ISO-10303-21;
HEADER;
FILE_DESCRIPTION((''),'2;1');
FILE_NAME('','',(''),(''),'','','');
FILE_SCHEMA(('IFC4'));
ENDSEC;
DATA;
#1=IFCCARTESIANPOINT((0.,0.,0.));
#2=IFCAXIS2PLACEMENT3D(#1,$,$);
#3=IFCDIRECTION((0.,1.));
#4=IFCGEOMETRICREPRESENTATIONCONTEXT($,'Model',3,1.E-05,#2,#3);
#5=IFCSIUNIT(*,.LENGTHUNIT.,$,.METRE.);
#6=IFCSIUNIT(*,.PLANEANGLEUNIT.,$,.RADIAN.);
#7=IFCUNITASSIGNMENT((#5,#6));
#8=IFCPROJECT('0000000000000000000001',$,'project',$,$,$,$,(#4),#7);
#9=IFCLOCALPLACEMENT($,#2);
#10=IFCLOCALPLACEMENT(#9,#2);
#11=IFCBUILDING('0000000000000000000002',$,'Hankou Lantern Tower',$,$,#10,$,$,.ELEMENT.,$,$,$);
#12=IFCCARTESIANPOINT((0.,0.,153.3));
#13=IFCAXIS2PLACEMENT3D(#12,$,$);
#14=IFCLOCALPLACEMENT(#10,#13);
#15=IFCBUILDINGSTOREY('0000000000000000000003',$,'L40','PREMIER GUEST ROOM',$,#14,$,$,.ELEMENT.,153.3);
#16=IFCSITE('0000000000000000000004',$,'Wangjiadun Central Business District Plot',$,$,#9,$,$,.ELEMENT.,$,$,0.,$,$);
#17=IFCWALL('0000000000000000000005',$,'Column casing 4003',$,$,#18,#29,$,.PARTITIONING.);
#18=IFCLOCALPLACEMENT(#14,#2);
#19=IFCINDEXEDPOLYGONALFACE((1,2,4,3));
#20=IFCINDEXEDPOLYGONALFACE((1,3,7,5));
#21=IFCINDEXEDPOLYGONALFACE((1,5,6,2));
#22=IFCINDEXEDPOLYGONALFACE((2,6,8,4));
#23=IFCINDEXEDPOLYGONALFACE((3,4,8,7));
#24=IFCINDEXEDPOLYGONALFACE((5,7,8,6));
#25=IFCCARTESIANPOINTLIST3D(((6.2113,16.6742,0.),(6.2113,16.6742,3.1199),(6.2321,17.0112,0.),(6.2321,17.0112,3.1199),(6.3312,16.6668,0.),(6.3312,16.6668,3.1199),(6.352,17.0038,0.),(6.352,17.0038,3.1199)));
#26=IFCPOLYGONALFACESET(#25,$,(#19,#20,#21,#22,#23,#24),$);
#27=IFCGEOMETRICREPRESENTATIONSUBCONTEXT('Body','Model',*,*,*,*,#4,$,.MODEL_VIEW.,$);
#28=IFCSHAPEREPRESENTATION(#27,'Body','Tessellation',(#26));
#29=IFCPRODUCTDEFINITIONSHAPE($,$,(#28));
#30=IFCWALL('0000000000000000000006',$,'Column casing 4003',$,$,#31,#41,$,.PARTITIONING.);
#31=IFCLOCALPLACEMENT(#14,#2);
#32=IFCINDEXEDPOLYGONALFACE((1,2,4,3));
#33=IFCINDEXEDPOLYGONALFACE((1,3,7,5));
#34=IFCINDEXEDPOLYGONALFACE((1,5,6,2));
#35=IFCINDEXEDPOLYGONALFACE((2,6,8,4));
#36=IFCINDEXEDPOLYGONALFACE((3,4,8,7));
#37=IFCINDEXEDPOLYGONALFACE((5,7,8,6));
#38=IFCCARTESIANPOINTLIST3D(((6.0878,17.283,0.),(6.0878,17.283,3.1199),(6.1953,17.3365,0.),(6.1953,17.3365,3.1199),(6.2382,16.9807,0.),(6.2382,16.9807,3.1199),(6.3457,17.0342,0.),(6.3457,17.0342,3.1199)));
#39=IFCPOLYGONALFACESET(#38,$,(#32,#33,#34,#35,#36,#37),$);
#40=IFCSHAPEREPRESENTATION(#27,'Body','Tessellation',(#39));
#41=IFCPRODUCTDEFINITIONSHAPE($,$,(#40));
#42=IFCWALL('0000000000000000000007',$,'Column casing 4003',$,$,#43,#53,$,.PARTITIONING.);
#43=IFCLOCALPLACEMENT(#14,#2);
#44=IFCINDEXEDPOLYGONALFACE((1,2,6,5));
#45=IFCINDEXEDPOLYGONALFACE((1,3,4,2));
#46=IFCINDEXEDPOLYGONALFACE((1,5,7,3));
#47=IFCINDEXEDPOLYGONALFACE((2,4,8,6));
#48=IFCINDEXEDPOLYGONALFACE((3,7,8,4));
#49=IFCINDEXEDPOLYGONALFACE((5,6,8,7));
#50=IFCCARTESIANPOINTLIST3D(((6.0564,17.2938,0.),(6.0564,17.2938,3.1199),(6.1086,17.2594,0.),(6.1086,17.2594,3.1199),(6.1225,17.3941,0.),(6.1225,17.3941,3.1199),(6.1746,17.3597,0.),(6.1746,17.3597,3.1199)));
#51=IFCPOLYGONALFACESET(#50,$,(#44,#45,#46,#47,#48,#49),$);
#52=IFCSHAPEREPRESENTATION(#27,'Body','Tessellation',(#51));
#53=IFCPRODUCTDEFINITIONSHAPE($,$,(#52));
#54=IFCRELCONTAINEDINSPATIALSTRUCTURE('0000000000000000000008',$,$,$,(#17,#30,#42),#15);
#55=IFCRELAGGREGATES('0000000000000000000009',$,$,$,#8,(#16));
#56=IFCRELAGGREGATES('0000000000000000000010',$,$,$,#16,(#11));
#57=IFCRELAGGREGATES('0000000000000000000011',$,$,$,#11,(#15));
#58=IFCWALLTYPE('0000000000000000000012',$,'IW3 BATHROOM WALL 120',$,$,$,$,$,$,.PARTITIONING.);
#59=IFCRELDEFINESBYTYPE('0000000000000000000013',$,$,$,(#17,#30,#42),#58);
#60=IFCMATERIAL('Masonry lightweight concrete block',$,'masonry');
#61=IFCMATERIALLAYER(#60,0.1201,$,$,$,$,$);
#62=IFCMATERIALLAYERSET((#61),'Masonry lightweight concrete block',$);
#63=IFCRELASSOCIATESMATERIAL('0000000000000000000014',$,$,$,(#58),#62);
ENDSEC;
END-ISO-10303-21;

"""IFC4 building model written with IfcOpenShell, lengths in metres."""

from ifc_helpers import new_model, si_unit, direction, frame, frame_2d, origin, place, context, subcontext, project, spatial, rectangle, extrude, material, layer, layer_set, type_object, element, save


model = new_model("IFC4")

# Units and contexts
model_context = context("Model", 3, precision=1e-05, world=origin(), true_north=direction((0.0, 1.0)))
body_context = subcontext(model_context, "Body", "Model", "MODEL_VIEW")
ifc_project = project(units=[si_unit("LENGTHUNIT", "METRE"), si_unit("PLANEANGLEUNIT", "RADIAN")], contexts=[model_context])

# Site, building, storey
site_placement = place(None, origin())
site = spatial("IfcSite", under=ifc_project, at=site_placement, Name="Wangjiadun Central Business District Plot", CompositionType="ELEMENT", RefElevation=0.0)
building_placement = place(site_placement, origin())
building = spatial("IfcBuilding", under=site, at=building_placement, Name="Hankou Lantern Tower", CompositionType="ELEMENT")
storey_placement = place(building_placement, frame((0.0, 0.0, 153.3)))
storey = spatial("IfcBuildingStorey", under=building, at=storey_placement, Name="L40", Description="PREMIER GUEST ROOM", CompositionType="ELEMENT", Elevation=153.3)

# Shared definitions
ifc_material_1 = material(Name="Masonry lightweight concrete block", Category="masonry")
ifc_layer_1 = layer(ifc_material_1, 0.1201)
ifc_layer_set_1 = layer_set([ifc_layer_1], Name="Masonry lightweight concrete block")
wall_type_1 = type_object("IfcWallType", Name="IW3 BATHROOM WALL 120", PredefinedType="PARTITIONING", material=ifc_layer_set_1)

# Walls
for number, where, z_axis, x_axis, name in (
    (1, (6.2712, 16.6704, 0.0), (0.0, 0.0, 1.0), (0.061478, 0.998108, 0.0), "Column casing 4003"),
    (2, (6.292, 17.0073, 0.0), (0.0, 0.0, 1.0), (-0.445477, 0.895293, 0.0), "Column casing 4003"),
):
    element("IfcWall", number, at=place(storey_placement, frame(where, z_axis=z_axis, x_axis=x_axis)), inside=storey, type_object=wall_type_1, Name=name, PredefinedType="PARTITIONING", context=body_context, shape_type="SweptSolid", body=[
        extrude(rectangle(XDim=0.3376, YDim=0.1201, at=frame_2d((0.1689, 0.0))), origin(), (0.0, 0.0, 1.0), 3.1199),
    ])
wall_1_placement = place(storey_placement, frame((6.1416, 17.3096, 0.0), z_axis=(0.0, 0.0, 1.0), x_axis=(-0.83504, 0.55019, 0.0)))
element("IfcWall", 3, at=wall_1_placement, inside=storey, type_object=wall_type_1, Name="Column casing 4003", PredefinedType="PARTITIONING", context=body_context, shape_type="SweptSolid", body=[
    extrude(rectangle(XDim=0.0625, YDim=0.1201, at=frame_2d((0.0312, 0.0))), origin(), (0.0, 0.0, 1.0), 3.1199),
])

save(model, "model.ifc")
